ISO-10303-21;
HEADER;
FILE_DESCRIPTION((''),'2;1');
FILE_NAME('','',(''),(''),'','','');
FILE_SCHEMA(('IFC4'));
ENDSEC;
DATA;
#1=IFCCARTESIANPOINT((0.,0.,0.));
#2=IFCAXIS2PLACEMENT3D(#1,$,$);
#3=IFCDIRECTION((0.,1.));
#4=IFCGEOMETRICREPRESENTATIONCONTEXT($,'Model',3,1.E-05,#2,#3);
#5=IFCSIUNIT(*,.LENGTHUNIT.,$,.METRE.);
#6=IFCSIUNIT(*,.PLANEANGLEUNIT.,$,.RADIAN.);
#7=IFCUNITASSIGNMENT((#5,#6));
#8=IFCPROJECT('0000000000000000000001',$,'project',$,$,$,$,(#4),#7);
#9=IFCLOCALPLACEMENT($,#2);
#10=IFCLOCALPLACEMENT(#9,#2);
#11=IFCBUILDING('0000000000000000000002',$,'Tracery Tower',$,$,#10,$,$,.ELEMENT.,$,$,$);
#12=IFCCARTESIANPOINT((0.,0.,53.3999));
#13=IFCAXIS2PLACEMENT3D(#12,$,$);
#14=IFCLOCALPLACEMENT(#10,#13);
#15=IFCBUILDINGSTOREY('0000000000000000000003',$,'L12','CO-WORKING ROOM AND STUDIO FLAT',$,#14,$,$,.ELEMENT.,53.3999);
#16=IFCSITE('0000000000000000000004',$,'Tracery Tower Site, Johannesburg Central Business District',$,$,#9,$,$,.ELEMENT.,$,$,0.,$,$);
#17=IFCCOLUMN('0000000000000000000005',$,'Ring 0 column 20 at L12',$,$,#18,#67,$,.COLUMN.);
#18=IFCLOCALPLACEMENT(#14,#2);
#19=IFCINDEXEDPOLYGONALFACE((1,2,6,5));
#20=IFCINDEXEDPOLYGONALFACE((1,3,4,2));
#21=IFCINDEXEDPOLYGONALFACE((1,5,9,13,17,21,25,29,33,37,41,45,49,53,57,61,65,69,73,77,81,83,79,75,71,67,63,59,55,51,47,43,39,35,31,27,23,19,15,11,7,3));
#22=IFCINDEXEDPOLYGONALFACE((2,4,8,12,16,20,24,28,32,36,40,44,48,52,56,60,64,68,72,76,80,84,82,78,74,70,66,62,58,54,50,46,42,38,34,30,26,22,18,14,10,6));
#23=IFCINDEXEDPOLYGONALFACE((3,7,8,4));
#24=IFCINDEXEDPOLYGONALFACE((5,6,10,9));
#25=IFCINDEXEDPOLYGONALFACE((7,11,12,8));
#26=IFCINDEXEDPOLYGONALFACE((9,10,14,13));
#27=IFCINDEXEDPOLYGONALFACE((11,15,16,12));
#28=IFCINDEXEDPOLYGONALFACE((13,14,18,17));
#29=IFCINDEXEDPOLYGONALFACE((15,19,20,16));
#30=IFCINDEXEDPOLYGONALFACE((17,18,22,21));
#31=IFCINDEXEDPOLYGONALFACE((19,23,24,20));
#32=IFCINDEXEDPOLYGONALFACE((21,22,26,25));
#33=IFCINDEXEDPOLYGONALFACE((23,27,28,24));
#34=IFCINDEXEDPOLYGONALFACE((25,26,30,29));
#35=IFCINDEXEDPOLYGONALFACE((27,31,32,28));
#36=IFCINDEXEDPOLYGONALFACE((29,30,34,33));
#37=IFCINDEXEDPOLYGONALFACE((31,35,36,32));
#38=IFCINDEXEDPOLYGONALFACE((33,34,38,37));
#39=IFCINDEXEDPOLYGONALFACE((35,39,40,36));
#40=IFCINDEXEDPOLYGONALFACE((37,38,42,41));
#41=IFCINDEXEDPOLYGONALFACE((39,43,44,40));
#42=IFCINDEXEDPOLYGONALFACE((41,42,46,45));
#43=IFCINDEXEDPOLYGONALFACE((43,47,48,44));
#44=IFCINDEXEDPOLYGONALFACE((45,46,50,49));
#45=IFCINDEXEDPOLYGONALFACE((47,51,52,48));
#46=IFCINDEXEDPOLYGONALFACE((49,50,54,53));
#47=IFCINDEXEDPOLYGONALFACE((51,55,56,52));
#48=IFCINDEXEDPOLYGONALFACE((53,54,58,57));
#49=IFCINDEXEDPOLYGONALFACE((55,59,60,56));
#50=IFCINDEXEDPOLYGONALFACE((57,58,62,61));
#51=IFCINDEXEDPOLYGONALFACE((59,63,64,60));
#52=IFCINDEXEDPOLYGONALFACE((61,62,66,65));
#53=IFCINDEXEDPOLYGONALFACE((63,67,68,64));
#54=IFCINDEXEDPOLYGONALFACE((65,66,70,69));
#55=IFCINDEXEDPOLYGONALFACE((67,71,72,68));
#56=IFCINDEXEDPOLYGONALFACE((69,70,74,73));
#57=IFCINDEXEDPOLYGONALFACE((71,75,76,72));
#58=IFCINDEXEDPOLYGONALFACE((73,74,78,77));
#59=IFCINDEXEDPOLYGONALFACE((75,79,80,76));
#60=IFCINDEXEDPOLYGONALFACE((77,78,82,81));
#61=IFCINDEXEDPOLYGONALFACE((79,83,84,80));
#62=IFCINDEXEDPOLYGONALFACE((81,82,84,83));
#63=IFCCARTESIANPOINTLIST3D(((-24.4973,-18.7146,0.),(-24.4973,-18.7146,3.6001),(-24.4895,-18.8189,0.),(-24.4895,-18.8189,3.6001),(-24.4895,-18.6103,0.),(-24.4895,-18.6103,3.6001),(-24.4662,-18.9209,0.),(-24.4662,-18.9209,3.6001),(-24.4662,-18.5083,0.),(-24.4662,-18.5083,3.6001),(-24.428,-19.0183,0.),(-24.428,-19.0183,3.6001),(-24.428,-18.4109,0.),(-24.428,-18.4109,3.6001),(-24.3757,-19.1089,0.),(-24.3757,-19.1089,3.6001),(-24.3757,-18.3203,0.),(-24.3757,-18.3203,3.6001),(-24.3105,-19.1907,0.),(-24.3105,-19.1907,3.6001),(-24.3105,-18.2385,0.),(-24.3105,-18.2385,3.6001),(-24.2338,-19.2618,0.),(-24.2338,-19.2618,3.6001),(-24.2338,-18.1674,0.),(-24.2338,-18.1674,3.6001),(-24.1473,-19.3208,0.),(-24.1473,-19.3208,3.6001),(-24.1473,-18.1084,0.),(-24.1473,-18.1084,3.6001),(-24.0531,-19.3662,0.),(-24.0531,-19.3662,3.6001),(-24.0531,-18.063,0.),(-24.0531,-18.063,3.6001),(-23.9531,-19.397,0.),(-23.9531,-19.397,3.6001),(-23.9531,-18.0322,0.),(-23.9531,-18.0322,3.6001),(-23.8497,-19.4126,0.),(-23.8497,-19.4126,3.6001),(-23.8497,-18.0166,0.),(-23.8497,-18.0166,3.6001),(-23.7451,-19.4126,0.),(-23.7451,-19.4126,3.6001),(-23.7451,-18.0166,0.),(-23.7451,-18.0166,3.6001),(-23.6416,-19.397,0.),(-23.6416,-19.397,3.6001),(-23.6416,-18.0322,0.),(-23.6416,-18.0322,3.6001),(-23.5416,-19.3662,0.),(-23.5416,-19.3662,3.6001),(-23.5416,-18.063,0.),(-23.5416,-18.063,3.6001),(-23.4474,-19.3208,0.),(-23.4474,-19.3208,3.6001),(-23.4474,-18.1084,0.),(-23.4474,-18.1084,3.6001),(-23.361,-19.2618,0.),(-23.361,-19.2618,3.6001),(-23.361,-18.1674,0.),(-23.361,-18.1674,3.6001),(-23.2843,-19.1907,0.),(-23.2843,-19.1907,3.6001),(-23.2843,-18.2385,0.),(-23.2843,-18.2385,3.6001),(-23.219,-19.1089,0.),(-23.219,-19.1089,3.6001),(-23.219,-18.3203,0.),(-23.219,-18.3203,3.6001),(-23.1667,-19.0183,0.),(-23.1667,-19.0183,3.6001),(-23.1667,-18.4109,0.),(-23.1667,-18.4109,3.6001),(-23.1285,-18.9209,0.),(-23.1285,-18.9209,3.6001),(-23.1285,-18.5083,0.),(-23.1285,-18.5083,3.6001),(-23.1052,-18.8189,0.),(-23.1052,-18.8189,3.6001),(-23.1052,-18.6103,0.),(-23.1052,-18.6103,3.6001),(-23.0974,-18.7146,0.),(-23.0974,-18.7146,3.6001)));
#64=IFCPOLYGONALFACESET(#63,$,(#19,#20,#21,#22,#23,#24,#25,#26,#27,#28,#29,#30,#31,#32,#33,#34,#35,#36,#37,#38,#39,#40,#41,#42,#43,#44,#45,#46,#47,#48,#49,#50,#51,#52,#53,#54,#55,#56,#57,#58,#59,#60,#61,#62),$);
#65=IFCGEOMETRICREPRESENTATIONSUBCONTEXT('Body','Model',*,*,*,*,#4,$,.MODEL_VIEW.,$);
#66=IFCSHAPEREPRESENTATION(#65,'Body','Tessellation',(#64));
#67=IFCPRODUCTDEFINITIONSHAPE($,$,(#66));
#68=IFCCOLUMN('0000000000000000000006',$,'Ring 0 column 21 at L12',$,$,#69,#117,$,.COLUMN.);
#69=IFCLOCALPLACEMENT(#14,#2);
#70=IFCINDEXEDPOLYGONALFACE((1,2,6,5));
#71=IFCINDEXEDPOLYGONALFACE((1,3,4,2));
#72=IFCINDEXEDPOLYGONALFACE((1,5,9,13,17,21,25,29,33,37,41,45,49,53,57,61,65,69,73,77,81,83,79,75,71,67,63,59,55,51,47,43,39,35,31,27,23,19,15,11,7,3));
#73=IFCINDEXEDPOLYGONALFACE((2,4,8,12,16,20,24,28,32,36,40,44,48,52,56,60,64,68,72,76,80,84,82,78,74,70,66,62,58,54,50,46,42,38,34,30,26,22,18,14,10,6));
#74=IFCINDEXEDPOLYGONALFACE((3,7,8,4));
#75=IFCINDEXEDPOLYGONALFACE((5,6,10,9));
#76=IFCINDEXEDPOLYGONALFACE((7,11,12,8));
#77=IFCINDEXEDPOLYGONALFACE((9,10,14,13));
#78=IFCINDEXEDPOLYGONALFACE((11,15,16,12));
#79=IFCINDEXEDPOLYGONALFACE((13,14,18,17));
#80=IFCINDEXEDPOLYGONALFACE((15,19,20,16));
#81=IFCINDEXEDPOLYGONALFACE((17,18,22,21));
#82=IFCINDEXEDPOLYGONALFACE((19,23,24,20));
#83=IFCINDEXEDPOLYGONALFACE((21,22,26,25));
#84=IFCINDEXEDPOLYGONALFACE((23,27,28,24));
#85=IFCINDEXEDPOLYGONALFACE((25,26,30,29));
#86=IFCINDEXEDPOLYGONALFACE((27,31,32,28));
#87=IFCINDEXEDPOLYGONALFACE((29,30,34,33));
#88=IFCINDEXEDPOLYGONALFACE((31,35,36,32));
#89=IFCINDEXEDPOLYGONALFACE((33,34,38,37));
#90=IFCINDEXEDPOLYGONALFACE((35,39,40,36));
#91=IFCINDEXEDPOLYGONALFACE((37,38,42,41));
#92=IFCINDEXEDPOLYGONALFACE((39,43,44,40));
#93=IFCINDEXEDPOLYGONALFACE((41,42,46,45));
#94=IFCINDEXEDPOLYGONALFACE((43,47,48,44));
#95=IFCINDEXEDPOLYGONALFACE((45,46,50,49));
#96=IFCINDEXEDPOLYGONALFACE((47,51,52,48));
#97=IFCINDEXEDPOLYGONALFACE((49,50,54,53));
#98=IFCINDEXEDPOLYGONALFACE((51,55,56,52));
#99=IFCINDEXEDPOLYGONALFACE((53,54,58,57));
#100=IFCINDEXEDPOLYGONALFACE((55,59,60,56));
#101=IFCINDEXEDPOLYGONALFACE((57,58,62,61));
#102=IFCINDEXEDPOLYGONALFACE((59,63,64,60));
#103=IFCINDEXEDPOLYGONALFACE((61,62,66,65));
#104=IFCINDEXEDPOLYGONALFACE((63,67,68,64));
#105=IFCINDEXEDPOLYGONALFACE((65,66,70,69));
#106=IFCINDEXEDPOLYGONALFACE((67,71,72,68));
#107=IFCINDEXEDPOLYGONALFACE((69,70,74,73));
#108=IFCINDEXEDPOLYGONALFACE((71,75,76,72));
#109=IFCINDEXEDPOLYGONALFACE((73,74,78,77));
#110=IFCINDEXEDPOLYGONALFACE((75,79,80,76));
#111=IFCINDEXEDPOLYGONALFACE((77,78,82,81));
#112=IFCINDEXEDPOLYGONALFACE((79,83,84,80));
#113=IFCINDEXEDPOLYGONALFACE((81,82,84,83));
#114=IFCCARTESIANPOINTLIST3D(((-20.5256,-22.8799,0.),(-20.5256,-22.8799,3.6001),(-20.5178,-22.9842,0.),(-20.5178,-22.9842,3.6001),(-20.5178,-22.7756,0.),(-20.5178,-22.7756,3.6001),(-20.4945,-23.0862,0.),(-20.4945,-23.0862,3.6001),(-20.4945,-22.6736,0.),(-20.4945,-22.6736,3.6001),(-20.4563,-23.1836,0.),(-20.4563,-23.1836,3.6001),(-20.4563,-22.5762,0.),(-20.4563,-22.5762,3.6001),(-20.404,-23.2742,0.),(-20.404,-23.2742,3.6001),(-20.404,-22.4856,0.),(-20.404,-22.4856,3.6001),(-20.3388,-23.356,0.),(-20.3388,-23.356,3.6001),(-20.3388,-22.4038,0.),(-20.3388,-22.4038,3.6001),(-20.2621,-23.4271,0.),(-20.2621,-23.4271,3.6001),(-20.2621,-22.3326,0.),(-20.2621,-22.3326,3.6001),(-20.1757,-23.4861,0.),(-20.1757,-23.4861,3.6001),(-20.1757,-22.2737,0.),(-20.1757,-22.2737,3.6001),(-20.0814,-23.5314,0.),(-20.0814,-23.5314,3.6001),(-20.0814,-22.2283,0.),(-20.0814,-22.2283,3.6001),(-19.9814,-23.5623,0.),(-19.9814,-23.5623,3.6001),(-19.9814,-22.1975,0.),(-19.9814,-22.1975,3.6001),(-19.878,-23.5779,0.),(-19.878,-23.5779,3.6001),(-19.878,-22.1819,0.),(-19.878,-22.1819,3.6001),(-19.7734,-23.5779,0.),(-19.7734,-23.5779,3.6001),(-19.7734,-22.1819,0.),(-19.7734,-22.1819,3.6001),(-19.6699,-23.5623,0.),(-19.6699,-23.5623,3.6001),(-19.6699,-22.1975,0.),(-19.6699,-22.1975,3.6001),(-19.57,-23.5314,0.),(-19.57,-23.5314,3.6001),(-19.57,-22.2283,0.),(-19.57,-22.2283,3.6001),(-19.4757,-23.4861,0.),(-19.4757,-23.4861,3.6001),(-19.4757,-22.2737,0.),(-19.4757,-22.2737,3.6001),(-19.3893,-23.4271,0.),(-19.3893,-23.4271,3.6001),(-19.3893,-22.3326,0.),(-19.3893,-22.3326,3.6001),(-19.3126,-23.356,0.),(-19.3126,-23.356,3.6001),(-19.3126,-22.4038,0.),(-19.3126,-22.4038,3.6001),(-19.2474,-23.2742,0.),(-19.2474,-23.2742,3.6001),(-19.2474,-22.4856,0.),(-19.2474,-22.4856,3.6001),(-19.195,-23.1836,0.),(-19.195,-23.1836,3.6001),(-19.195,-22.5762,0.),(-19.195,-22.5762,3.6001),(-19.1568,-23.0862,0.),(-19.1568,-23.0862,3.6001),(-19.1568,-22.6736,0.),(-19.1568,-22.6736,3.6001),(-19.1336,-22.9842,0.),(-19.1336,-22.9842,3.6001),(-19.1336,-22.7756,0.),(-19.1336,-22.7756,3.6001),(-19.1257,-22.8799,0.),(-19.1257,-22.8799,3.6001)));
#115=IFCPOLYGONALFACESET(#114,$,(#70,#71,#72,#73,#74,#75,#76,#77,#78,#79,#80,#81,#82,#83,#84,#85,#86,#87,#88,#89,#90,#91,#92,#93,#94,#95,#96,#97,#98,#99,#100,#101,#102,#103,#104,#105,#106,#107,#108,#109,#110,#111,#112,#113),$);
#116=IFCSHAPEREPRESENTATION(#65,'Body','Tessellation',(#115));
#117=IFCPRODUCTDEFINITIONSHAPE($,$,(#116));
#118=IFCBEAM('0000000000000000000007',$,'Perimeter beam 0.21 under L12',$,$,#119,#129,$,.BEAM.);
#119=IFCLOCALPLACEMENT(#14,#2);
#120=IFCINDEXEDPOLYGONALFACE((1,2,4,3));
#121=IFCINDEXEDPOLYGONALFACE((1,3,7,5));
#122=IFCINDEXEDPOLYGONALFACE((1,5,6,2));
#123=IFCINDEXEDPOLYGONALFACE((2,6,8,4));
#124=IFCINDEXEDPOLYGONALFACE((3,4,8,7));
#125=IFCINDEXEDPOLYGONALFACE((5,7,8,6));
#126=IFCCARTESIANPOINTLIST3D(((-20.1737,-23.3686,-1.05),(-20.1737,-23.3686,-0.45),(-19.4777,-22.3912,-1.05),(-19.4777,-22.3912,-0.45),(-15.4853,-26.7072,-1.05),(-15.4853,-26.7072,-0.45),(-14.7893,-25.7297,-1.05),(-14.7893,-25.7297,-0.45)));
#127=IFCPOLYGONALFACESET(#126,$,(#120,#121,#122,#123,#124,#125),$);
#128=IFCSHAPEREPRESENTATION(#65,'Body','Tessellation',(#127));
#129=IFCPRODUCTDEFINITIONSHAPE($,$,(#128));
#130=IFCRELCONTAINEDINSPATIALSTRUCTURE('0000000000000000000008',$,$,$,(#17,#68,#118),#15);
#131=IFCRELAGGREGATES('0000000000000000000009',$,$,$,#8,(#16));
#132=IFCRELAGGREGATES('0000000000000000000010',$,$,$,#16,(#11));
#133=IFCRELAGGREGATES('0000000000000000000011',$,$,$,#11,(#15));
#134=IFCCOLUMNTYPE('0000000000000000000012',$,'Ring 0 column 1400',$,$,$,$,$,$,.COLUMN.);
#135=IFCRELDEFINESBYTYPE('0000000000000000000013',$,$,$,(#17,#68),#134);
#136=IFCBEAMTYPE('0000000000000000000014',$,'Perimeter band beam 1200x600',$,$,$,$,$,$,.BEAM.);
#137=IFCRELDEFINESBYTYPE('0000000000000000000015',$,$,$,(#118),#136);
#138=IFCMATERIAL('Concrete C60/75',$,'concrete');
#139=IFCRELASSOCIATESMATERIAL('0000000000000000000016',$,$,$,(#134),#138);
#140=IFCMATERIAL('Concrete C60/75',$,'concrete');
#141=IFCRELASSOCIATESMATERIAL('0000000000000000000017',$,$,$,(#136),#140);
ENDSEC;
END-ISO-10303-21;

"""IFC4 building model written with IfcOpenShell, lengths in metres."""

from ifc_helpers import new_model, si_unit, direction, frame, origin, origin_2d, place, context, subcontext, project, spatial, rectangle, circle, extrude, material, material_profile, profile_set, type_object, element, save


model = new_model("IFC4")

# Units and contexts
model_context = context("Model", 3, precision=1e-05, world=origin(), true_north=direction((0.0, 1.0)))
body_context = subcontext(model_context, "Body", "Model", "MODEL_VIEW")
ifc_project = project(units=[si_unit("LENGTHUNIT", "METRE"), si_unit("PLANEANGLEUNIT", "RADIAN")], contexts=[model_context])

# Site, building, storey
site_placement = place(None, origin())
site = spatial("IfcSite", under=ifc_project, at=site_placement, Name="Tracery Tower Site, Johannesburg Central Business District", CompositionType="ELEMENT", RefElevation=0.0)
building_placement = place(site_placement, origin())
building = spatial("IfcBuilding", under=site, at=building_placement, Name="Tracery Tower", CompositionType="ELEMENT")
storey_placement = place(building_placement, frame((0.0, 0.0, 53.3999)))
storey = spatial("IfcBuildingStorey", under=building, at=storey_placement, Name="L12", Description="CO-WORKING ROOM AND STUDIO FLAT", CompositionType="ELEMENT", Elevation=53.3999)

# Columns
ifc_material_1 = material(Name="Concrete C60/75", Category="concrete")
ifc_material_profile_1 = material_profile(ifc_material_1, circle(Radius=0.7, at=origin_2d()), Name="RC D1400")
ifc_profile_set_1 = profile_set([ifc_material_profile_1], Name="Concrete C60/75")
column_type = type_object("IfcColumnType", Name="Ring 0 column 1400", PredefinedType="COLUMN", material=ifc_profile_set_1)
for number, where, z_axis, x_axis, name in (
    (1, (-23.7974, -18.7146, 0.0), (0.0, 0.0, 1.0), (1.0, 0.0, 0.0), "Ring 0 column 20 at L12"),
    (2, (-19.8257, -22.8799, 0.0), (0.0, 0.0, 1.0), (1.0, 0.0, 0.0), "Ring 0 column 21 at L12"),
):
    element("IfcColumn", number, at=place(storey_placement, frame(where, z_axis=z_axis, x_axis=x_axis)), inside=storey, type_object=column_type, Name=name, PredefinedType="COLUMN", context=body_context, shape_type="SweptSolid", body=[
        extrude(circle(Radius=0.7, at=origin_2d()), origin(), (0.0, 0.0, 1.0), 3.6001),
    ])

# Beam
ifc_material_2 = material(Name="Concrete C60/75", Category="concrete")
ifc_material_profile_2 = material_profile(ifc_material_2, rectangle(XDim=1.2, YDim=0.6001, at=origin_2d()), Name="RC 1200x600")
ifc_profile_set_2 = profile_set([ifc_material_profile_2], Name="Concrete C60/75")
beam_type = type_object("IfcBeamType", Name="Perimeter band beam 1200x600", PredefinedType="BEAM", material=ifc_profile_set_2)
beam_placement = place(storey_placement, frame((-19.8257, -22.8799, -0.75), z_axis=(0.814578, -0.580054, 0.0), x_axis=(0.580054, 0.814578, 0.0)))
element("IfcBeam", 3, at=beam_placement, inside=storey, type_object=beam_type, Name="Perimeter beam 0.21 under L12", PredefinedType="BEAM", context=body_context, shape_type="SweptSolid", body=[
    extrude(rectangle(XDim=1.2, YDim=0.6001, at=origin_2d()), origin(), (0.0, 0.0, 1.0), 5.7556),
])

save(model, "model.ifc")
